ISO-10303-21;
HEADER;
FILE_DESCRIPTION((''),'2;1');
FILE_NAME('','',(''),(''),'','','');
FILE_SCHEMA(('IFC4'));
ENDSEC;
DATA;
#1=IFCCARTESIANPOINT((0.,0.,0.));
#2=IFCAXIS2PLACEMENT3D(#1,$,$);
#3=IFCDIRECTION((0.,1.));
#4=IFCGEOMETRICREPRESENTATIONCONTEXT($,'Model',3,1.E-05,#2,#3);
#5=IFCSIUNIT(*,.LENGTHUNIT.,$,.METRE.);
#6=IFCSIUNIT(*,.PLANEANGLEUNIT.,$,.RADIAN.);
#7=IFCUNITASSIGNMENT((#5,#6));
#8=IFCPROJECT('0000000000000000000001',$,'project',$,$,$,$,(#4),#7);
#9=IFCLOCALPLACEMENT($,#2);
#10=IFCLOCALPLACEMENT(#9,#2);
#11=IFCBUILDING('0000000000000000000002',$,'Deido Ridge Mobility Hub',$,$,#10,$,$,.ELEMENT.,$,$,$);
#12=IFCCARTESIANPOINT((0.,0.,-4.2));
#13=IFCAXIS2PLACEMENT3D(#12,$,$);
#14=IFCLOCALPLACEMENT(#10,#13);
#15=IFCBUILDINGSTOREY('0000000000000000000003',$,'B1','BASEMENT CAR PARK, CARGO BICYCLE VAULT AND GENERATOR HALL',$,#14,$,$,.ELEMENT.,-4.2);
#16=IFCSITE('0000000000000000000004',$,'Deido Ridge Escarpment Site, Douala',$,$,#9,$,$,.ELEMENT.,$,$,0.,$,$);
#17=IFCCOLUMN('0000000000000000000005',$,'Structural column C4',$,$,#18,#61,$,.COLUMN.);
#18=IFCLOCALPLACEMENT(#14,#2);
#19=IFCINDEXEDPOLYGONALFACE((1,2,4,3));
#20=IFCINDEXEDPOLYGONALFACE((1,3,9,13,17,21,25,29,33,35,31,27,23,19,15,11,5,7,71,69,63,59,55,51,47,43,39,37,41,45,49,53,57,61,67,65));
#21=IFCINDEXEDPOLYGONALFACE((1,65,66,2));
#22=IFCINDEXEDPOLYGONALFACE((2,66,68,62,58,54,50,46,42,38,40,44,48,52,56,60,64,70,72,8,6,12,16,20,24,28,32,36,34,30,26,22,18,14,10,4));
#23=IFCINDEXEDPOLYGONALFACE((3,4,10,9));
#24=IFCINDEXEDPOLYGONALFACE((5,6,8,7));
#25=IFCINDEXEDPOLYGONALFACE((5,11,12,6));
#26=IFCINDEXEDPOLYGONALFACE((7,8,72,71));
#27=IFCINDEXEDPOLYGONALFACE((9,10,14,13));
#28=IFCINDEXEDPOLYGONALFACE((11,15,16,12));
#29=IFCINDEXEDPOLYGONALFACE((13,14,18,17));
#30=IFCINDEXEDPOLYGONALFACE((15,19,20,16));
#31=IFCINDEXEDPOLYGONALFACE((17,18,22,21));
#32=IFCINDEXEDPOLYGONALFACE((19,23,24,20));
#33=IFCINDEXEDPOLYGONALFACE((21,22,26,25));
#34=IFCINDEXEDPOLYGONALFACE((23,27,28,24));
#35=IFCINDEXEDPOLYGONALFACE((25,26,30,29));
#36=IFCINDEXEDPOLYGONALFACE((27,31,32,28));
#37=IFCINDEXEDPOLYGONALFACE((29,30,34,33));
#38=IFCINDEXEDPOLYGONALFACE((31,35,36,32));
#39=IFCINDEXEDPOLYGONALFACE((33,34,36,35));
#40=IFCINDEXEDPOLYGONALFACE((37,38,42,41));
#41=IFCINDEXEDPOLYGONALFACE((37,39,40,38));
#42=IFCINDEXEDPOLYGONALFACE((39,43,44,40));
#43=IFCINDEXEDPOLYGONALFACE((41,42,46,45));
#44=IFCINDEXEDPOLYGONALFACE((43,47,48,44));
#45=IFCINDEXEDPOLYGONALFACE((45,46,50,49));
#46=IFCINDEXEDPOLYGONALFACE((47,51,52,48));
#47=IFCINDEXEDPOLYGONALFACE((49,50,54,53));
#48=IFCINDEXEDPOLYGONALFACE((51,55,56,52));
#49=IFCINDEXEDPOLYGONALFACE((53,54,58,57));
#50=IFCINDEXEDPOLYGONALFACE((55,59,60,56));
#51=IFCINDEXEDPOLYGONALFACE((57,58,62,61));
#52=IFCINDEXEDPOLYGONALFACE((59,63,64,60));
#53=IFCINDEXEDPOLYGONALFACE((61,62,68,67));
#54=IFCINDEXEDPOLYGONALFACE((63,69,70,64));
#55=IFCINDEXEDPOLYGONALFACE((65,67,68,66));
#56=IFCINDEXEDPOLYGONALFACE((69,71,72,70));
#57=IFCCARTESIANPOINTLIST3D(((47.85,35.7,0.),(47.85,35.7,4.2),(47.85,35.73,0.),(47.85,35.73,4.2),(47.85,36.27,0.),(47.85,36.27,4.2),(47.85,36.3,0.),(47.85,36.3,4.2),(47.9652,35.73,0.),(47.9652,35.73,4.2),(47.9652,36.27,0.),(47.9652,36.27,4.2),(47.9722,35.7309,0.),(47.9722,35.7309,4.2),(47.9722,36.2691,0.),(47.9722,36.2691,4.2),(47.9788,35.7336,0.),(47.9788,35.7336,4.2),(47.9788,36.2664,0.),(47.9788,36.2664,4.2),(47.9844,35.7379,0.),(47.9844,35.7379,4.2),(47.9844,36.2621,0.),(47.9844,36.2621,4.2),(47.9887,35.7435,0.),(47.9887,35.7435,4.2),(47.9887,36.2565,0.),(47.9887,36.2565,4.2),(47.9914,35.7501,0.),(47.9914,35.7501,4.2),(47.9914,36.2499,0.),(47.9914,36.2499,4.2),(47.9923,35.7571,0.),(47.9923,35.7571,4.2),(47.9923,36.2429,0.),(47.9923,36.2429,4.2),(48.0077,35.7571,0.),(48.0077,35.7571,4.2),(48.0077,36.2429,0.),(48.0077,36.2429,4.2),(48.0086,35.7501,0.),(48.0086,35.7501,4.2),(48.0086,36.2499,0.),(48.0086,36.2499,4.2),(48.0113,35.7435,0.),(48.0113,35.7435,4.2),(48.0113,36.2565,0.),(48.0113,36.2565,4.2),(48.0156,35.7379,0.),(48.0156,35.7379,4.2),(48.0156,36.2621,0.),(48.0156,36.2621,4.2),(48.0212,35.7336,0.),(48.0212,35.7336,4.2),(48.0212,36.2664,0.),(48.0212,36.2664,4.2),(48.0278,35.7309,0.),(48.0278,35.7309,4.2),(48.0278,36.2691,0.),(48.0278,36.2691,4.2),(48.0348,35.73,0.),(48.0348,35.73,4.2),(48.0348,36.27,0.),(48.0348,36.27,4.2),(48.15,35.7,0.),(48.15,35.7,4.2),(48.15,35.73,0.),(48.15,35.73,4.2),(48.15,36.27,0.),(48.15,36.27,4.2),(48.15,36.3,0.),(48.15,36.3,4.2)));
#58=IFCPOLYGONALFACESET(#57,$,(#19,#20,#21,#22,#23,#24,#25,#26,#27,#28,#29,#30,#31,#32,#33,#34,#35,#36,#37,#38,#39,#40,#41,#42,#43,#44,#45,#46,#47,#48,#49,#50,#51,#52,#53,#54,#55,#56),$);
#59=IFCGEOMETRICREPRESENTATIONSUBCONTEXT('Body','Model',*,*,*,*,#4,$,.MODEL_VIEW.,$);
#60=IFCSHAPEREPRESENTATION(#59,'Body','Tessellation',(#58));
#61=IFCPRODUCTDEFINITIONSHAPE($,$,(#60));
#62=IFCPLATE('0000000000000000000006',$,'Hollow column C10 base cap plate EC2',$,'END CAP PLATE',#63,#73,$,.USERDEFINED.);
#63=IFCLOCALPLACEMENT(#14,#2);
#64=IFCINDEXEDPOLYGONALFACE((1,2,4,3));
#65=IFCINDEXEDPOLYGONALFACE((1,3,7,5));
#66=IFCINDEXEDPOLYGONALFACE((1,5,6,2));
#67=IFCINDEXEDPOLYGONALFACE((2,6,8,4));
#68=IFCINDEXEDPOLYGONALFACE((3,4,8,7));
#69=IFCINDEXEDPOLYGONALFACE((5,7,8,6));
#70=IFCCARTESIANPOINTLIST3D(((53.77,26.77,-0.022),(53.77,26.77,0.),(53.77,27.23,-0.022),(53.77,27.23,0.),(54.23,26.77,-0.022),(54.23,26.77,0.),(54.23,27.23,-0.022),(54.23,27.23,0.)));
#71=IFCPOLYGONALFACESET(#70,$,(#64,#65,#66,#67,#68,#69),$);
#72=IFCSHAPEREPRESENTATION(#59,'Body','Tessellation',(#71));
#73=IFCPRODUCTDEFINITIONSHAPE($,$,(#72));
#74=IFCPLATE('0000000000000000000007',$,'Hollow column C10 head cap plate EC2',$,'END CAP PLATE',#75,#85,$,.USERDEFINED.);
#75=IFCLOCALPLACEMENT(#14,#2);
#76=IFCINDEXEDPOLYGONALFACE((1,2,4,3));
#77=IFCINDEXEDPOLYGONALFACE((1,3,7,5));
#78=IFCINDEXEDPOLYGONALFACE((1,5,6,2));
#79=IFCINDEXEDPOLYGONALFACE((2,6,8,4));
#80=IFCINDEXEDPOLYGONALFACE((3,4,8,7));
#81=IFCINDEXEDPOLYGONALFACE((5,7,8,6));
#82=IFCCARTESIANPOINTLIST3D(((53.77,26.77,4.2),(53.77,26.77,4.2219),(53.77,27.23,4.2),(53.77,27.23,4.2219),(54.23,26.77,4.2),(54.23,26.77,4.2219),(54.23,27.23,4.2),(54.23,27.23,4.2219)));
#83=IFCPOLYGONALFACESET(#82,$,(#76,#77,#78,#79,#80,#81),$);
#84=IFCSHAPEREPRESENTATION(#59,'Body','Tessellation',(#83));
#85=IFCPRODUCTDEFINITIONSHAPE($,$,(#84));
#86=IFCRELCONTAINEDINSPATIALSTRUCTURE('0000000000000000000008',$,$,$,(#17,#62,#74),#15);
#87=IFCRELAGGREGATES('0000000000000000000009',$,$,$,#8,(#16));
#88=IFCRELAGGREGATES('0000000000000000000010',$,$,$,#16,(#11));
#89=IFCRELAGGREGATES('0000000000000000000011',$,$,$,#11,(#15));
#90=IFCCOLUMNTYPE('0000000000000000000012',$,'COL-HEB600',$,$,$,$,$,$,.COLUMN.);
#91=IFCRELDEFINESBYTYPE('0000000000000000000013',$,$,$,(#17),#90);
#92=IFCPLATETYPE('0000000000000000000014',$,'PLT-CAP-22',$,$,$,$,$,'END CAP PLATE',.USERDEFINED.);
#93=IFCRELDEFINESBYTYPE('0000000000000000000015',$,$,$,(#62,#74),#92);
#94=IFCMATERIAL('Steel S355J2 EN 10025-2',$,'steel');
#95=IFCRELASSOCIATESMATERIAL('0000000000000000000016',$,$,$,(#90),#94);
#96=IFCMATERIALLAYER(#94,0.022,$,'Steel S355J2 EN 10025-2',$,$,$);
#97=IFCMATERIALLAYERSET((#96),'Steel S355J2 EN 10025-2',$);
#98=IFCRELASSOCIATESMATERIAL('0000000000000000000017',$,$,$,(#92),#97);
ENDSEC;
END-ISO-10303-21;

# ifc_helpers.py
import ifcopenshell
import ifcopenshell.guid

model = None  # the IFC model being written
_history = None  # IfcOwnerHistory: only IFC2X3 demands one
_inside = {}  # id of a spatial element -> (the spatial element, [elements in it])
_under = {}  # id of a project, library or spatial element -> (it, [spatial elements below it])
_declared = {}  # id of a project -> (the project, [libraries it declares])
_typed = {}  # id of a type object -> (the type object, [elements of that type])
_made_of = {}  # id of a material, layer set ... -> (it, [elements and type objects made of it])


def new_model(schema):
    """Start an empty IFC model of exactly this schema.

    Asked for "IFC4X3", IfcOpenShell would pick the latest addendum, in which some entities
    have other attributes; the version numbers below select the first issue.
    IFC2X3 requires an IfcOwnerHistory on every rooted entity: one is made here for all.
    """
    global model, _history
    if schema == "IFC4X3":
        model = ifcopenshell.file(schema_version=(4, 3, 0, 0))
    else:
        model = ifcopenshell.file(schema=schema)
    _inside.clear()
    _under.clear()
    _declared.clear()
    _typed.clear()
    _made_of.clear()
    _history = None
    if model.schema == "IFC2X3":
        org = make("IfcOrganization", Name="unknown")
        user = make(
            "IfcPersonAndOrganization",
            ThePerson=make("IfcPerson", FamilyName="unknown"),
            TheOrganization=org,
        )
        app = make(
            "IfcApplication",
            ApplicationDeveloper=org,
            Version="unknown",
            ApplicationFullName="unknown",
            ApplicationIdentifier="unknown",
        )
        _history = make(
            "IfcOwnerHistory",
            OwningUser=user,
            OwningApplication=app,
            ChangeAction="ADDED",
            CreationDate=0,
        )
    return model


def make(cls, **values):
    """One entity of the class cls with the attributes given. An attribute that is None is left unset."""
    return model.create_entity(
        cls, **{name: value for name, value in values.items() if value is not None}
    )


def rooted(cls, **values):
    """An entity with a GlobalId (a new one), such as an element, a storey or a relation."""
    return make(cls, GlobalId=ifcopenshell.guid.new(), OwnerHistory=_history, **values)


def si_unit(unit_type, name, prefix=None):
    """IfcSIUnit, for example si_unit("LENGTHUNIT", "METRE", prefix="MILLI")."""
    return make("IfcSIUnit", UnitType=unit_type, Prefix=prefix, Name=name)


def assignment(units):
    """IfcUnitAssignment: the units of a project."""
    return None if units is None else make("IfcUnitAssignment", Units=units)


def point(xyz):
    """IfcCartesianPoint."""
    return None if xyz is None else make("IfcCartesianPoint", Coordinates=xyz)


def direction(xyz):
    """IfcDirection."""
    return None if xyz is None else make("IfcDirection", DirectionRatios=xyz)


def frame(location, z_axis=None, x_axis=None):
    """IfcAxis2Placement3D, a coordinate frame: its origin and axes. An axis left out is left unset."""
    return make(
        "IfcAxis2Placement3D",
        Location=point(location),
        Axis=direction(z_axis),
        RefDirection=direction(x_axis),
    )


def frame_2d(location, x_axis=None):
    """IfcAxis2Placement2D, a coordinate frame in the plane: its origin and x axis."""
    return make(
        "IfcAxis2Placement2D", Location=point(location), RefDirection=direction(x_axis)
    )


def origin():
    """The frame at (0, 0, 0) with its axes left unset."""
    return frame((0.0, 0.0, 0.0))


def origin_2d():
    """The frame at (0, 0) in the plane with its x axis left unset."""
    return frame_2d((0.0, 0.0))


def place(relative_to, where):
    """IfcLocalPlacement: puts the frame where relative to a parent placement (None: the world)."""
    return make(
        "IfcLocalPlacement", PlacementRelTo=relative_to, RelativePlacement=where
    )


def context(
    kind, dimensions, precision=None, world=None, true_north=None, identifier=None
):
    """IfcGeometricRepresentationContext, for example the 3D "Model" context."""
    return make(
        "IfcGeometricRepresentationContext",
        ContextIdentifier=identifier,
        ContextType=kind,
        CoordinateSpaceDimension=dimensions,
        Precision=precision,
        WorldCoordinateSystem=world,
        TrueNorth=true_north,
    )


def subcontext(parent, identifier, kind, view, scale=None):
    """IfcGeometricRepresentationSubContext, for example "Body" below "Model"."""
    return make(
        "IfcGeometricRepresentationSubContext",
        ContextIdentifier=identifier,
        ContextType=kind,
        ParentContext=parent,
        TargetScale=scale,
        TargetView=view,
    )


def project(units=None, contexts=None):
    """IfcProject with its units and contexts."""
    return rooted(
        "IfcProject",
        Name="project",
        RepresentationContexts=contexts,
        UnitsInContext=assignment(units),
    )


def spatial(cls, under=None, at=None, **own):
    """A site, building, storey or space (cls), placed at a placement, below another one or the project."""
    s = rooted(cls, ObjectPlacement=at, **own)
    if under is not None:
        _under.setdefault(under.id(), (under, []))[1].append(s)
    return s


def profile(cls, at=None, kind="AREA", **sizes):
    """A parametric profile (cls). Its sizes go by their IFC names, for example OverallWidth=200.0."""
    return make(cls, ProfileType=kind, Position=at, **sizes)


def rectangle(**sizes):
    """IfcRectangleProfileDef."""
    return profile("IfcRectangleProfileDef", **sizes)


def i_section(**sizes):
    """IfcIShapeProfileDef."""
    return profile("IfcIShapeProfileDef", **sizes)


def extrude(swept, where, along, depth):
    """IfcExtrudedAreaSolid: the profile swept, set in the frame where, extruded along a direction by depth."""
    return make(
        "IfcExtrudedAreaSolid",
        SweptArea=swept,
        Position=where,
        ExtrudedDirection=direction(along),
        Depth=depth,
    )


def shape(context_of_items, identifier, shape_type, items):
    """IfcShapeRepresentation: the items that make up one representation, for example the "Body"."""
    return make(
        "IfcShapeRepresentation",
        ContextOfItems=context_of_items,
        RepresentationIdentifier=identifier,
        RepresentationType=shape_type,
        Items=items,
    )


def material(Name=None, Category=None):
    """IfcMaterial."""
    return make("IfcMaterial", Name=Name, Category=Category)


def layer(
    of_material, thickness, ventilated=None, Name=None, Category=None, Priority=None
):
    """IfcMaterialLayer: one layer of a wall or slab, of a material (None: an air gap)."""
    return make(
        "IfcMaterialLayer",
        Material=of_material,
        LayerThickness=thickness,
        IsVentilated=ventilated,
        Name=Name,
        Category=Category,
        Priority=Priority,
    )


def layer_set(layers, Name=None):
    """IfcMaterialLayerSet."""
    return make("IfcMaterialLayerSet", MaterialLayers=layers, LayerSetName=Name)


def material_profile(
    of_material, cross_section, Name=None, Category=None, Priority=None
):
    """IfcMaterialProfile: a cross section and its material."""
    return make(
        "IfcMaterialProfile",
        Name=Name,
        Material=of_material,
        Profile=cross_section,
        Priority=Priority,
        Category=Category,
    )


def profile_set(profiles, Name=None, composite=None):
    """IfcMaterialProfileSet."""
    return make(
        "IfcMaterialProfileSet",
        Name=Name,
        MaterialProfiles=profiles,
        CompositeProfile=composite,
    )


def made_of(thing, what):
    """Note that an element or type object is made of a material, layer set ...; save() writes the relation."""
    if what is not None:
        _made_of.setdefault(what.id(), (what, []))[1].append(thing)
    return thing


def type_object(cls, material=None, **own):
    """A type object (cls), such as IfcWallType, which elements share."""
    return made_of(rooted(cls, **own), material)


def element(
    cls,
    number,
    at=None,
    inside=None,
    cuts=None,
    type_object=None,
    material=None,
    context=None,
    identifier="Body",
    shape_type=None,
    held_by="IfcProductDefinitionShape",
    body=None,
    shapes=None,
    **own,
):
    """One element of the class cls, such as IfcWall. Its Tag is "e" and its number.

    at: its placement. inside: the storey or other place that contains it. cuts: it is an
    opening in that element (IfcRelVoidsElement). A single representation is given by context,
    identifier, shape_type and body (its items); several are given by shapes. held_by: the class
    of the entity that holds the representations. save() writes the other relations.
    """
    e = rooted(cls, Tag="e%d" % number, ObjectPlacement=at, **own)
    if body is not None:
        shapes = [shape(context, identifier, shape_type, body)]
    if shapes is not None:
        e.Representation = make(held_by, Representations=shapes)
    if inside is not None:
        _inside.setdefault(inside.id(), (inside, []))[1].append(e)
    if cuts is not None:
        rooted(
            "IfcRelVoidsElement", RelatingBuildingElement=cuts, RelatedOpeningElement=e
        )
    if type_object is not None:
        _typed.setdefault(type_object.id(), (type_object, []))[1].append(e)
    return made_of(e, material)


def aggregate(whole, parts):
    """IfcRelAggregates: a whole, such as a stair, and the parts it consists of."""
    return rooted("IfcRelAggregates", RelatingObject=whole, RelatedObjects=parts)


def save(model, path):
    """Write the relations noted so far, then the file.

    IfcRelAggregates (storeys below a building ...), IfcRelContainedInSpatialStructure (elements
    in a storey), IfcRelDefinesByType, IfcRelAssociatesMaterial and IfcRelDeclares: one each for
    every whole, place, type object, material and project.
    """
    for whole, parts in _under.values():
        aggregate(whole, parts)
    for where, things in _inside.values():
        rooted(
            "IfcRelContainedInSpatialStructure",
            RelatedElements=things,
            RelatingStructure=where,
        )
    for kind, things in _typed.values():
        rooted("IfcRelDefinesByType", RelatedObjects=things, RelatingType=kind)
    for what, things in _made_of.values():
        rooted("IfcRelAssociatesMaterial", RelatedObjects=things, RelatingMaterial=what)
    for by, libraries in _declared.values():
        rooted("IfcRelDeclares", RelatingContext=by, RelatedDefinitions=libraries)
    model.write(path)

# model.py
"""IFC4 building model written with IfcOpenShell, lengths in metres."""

from ifc_helpers import new_model, si_unit, direction, frame, origin, origin_2d, place, context, subcontext, project, spatial, rectangle, i_section, extrude, material, layer, layer_set, material_profile, profile_set, type_object, element, save


model = new_model("IFC4")

# Units and contexts
model_context = context("Model", 3, precision=1e-05, world=origin(), true_north=direction((0.0, 1.0)))
body_context = subcontext(model_context, "Body", "Model", "MODEL_VIEW")
ifc_project = project(units=[si_unit("LENGTHUNIT", "METRE"), si_unit("PLANEANGLEUNIT", "RADIAN")], contexts=[model_context])

# Site, building, storey
site_placement = place(None, origin())
site = spatial("IfcSite", under=ifc_project, at=site_placement, Name="Deido Ridge Escarpment Site, Douala", CompositionType="ELEMENT", RefElevation=0.0)
building_placement = place(site_placement, origin())
building = spatial("IfcBuilding", under=site, at=building_placement, Name="Deido Ridge Mobility Hub", CompositionType="ELEMENT")
storey_placement = place(building_placement, frame((0.0, 0.0, -4.2)))
storey = spatial("IfcBuildingStorey", under=building, at=storey_placement, Name="B1", Description="BASEMENT CAR PARK, CARGO BICYCLE VAULT AND GENERATOR HALL", CompositionType="ELEMENT", Elevation=-4.2)

# Column
ifc_material_1 = material(Name="Steel S355J2 EN 10025-2", Category="steel")
ifc_material_profile_1 = material_profile(ifc_material_1, i_section(OverallWidth=0.3, OverallDepth=0.6001, WebThickness=0.0154, FlangeThickness=0.03, FilletRadius=0.0271, at=origin_2d()), Name="HEB 600")
ifc_profile_set_1 = profile_set([ifc_material_profile_1], Name="Steel S355J2 EN 10025-2")
column_type_1 = type_object("IfcColumnType", Name="COL-HEB600", PredefinedType="COLUMN", material=ifc_profile_set_1)
for number, where, z_axis, x_axis, name in (
    (1, (48.0, 36.0, 0.0), (0.0, 0.0, 1.0), (1.0, 0.0, 0.0), "Structural column C4"),
):
    element("IfcColumn", number, at=place(storey_placement, frame(where, z_axis=z_axis, x_axis=x_axis)), inside=storey, type_object=column_type_1, Name=name, PredefinedType="COLUMN", context=body_context, shape_type="SweptSolid", body=[
        extrude(i_section(OverallWidth=0.3, OverallDepth=0.6001, WebThickness=0.0154, FlangeThickness=0.03, FilletRadius=0.0271, at=origin_2d()), origin(), (0.0, 0.0, 1.0), 4.2),
    ])

# Plates
ifc_layer = layer(ifc_material_1, 0.022, Name="Steel S355J2 EN 10025-2")
ifc_layer_set = layer_set([ifc_layer], Name="Steel S355J2 EN 10025-2")
plate_type = type_object("IfcPlateType", Name="PLT-CAP-22", ElementType="END CAP PLATE", PredefinedType="USERDEFINED", material=ifc_layer_set)
for number, where, z_axis, x_axis, name in (
    (2, (54.0, 27.0, -0.022), (0.0, 0.0, 1.0), (1.0, 0.0, 0.0), "Hollow column C10 base cap plate EC2"),
    (3, (54.0, 27.0, 4.2), (0.0, 0.0, 1.0), (1.0, 0.0, 0.0), "Hollow column C10 head cap plate EC2"),
):
    element("IfcPlate", number, at=place(storey_placement, frame(where, z_axis=z_axis, x_axis=x_axis)), inside=storey, type_object=plate_type, Name=name, ObjectType="END CAP PLATE", PredefinedType="USERDEFINED", context=body_context, shape_type="SweptSolid", body=[
        extrude(rectangle(XDim=0.46, YDim=0.46, at=origin_2d()), origin(), (0.0, 0.0, 1.0), 0.022),
    ])

save(model, "model.ifc")
